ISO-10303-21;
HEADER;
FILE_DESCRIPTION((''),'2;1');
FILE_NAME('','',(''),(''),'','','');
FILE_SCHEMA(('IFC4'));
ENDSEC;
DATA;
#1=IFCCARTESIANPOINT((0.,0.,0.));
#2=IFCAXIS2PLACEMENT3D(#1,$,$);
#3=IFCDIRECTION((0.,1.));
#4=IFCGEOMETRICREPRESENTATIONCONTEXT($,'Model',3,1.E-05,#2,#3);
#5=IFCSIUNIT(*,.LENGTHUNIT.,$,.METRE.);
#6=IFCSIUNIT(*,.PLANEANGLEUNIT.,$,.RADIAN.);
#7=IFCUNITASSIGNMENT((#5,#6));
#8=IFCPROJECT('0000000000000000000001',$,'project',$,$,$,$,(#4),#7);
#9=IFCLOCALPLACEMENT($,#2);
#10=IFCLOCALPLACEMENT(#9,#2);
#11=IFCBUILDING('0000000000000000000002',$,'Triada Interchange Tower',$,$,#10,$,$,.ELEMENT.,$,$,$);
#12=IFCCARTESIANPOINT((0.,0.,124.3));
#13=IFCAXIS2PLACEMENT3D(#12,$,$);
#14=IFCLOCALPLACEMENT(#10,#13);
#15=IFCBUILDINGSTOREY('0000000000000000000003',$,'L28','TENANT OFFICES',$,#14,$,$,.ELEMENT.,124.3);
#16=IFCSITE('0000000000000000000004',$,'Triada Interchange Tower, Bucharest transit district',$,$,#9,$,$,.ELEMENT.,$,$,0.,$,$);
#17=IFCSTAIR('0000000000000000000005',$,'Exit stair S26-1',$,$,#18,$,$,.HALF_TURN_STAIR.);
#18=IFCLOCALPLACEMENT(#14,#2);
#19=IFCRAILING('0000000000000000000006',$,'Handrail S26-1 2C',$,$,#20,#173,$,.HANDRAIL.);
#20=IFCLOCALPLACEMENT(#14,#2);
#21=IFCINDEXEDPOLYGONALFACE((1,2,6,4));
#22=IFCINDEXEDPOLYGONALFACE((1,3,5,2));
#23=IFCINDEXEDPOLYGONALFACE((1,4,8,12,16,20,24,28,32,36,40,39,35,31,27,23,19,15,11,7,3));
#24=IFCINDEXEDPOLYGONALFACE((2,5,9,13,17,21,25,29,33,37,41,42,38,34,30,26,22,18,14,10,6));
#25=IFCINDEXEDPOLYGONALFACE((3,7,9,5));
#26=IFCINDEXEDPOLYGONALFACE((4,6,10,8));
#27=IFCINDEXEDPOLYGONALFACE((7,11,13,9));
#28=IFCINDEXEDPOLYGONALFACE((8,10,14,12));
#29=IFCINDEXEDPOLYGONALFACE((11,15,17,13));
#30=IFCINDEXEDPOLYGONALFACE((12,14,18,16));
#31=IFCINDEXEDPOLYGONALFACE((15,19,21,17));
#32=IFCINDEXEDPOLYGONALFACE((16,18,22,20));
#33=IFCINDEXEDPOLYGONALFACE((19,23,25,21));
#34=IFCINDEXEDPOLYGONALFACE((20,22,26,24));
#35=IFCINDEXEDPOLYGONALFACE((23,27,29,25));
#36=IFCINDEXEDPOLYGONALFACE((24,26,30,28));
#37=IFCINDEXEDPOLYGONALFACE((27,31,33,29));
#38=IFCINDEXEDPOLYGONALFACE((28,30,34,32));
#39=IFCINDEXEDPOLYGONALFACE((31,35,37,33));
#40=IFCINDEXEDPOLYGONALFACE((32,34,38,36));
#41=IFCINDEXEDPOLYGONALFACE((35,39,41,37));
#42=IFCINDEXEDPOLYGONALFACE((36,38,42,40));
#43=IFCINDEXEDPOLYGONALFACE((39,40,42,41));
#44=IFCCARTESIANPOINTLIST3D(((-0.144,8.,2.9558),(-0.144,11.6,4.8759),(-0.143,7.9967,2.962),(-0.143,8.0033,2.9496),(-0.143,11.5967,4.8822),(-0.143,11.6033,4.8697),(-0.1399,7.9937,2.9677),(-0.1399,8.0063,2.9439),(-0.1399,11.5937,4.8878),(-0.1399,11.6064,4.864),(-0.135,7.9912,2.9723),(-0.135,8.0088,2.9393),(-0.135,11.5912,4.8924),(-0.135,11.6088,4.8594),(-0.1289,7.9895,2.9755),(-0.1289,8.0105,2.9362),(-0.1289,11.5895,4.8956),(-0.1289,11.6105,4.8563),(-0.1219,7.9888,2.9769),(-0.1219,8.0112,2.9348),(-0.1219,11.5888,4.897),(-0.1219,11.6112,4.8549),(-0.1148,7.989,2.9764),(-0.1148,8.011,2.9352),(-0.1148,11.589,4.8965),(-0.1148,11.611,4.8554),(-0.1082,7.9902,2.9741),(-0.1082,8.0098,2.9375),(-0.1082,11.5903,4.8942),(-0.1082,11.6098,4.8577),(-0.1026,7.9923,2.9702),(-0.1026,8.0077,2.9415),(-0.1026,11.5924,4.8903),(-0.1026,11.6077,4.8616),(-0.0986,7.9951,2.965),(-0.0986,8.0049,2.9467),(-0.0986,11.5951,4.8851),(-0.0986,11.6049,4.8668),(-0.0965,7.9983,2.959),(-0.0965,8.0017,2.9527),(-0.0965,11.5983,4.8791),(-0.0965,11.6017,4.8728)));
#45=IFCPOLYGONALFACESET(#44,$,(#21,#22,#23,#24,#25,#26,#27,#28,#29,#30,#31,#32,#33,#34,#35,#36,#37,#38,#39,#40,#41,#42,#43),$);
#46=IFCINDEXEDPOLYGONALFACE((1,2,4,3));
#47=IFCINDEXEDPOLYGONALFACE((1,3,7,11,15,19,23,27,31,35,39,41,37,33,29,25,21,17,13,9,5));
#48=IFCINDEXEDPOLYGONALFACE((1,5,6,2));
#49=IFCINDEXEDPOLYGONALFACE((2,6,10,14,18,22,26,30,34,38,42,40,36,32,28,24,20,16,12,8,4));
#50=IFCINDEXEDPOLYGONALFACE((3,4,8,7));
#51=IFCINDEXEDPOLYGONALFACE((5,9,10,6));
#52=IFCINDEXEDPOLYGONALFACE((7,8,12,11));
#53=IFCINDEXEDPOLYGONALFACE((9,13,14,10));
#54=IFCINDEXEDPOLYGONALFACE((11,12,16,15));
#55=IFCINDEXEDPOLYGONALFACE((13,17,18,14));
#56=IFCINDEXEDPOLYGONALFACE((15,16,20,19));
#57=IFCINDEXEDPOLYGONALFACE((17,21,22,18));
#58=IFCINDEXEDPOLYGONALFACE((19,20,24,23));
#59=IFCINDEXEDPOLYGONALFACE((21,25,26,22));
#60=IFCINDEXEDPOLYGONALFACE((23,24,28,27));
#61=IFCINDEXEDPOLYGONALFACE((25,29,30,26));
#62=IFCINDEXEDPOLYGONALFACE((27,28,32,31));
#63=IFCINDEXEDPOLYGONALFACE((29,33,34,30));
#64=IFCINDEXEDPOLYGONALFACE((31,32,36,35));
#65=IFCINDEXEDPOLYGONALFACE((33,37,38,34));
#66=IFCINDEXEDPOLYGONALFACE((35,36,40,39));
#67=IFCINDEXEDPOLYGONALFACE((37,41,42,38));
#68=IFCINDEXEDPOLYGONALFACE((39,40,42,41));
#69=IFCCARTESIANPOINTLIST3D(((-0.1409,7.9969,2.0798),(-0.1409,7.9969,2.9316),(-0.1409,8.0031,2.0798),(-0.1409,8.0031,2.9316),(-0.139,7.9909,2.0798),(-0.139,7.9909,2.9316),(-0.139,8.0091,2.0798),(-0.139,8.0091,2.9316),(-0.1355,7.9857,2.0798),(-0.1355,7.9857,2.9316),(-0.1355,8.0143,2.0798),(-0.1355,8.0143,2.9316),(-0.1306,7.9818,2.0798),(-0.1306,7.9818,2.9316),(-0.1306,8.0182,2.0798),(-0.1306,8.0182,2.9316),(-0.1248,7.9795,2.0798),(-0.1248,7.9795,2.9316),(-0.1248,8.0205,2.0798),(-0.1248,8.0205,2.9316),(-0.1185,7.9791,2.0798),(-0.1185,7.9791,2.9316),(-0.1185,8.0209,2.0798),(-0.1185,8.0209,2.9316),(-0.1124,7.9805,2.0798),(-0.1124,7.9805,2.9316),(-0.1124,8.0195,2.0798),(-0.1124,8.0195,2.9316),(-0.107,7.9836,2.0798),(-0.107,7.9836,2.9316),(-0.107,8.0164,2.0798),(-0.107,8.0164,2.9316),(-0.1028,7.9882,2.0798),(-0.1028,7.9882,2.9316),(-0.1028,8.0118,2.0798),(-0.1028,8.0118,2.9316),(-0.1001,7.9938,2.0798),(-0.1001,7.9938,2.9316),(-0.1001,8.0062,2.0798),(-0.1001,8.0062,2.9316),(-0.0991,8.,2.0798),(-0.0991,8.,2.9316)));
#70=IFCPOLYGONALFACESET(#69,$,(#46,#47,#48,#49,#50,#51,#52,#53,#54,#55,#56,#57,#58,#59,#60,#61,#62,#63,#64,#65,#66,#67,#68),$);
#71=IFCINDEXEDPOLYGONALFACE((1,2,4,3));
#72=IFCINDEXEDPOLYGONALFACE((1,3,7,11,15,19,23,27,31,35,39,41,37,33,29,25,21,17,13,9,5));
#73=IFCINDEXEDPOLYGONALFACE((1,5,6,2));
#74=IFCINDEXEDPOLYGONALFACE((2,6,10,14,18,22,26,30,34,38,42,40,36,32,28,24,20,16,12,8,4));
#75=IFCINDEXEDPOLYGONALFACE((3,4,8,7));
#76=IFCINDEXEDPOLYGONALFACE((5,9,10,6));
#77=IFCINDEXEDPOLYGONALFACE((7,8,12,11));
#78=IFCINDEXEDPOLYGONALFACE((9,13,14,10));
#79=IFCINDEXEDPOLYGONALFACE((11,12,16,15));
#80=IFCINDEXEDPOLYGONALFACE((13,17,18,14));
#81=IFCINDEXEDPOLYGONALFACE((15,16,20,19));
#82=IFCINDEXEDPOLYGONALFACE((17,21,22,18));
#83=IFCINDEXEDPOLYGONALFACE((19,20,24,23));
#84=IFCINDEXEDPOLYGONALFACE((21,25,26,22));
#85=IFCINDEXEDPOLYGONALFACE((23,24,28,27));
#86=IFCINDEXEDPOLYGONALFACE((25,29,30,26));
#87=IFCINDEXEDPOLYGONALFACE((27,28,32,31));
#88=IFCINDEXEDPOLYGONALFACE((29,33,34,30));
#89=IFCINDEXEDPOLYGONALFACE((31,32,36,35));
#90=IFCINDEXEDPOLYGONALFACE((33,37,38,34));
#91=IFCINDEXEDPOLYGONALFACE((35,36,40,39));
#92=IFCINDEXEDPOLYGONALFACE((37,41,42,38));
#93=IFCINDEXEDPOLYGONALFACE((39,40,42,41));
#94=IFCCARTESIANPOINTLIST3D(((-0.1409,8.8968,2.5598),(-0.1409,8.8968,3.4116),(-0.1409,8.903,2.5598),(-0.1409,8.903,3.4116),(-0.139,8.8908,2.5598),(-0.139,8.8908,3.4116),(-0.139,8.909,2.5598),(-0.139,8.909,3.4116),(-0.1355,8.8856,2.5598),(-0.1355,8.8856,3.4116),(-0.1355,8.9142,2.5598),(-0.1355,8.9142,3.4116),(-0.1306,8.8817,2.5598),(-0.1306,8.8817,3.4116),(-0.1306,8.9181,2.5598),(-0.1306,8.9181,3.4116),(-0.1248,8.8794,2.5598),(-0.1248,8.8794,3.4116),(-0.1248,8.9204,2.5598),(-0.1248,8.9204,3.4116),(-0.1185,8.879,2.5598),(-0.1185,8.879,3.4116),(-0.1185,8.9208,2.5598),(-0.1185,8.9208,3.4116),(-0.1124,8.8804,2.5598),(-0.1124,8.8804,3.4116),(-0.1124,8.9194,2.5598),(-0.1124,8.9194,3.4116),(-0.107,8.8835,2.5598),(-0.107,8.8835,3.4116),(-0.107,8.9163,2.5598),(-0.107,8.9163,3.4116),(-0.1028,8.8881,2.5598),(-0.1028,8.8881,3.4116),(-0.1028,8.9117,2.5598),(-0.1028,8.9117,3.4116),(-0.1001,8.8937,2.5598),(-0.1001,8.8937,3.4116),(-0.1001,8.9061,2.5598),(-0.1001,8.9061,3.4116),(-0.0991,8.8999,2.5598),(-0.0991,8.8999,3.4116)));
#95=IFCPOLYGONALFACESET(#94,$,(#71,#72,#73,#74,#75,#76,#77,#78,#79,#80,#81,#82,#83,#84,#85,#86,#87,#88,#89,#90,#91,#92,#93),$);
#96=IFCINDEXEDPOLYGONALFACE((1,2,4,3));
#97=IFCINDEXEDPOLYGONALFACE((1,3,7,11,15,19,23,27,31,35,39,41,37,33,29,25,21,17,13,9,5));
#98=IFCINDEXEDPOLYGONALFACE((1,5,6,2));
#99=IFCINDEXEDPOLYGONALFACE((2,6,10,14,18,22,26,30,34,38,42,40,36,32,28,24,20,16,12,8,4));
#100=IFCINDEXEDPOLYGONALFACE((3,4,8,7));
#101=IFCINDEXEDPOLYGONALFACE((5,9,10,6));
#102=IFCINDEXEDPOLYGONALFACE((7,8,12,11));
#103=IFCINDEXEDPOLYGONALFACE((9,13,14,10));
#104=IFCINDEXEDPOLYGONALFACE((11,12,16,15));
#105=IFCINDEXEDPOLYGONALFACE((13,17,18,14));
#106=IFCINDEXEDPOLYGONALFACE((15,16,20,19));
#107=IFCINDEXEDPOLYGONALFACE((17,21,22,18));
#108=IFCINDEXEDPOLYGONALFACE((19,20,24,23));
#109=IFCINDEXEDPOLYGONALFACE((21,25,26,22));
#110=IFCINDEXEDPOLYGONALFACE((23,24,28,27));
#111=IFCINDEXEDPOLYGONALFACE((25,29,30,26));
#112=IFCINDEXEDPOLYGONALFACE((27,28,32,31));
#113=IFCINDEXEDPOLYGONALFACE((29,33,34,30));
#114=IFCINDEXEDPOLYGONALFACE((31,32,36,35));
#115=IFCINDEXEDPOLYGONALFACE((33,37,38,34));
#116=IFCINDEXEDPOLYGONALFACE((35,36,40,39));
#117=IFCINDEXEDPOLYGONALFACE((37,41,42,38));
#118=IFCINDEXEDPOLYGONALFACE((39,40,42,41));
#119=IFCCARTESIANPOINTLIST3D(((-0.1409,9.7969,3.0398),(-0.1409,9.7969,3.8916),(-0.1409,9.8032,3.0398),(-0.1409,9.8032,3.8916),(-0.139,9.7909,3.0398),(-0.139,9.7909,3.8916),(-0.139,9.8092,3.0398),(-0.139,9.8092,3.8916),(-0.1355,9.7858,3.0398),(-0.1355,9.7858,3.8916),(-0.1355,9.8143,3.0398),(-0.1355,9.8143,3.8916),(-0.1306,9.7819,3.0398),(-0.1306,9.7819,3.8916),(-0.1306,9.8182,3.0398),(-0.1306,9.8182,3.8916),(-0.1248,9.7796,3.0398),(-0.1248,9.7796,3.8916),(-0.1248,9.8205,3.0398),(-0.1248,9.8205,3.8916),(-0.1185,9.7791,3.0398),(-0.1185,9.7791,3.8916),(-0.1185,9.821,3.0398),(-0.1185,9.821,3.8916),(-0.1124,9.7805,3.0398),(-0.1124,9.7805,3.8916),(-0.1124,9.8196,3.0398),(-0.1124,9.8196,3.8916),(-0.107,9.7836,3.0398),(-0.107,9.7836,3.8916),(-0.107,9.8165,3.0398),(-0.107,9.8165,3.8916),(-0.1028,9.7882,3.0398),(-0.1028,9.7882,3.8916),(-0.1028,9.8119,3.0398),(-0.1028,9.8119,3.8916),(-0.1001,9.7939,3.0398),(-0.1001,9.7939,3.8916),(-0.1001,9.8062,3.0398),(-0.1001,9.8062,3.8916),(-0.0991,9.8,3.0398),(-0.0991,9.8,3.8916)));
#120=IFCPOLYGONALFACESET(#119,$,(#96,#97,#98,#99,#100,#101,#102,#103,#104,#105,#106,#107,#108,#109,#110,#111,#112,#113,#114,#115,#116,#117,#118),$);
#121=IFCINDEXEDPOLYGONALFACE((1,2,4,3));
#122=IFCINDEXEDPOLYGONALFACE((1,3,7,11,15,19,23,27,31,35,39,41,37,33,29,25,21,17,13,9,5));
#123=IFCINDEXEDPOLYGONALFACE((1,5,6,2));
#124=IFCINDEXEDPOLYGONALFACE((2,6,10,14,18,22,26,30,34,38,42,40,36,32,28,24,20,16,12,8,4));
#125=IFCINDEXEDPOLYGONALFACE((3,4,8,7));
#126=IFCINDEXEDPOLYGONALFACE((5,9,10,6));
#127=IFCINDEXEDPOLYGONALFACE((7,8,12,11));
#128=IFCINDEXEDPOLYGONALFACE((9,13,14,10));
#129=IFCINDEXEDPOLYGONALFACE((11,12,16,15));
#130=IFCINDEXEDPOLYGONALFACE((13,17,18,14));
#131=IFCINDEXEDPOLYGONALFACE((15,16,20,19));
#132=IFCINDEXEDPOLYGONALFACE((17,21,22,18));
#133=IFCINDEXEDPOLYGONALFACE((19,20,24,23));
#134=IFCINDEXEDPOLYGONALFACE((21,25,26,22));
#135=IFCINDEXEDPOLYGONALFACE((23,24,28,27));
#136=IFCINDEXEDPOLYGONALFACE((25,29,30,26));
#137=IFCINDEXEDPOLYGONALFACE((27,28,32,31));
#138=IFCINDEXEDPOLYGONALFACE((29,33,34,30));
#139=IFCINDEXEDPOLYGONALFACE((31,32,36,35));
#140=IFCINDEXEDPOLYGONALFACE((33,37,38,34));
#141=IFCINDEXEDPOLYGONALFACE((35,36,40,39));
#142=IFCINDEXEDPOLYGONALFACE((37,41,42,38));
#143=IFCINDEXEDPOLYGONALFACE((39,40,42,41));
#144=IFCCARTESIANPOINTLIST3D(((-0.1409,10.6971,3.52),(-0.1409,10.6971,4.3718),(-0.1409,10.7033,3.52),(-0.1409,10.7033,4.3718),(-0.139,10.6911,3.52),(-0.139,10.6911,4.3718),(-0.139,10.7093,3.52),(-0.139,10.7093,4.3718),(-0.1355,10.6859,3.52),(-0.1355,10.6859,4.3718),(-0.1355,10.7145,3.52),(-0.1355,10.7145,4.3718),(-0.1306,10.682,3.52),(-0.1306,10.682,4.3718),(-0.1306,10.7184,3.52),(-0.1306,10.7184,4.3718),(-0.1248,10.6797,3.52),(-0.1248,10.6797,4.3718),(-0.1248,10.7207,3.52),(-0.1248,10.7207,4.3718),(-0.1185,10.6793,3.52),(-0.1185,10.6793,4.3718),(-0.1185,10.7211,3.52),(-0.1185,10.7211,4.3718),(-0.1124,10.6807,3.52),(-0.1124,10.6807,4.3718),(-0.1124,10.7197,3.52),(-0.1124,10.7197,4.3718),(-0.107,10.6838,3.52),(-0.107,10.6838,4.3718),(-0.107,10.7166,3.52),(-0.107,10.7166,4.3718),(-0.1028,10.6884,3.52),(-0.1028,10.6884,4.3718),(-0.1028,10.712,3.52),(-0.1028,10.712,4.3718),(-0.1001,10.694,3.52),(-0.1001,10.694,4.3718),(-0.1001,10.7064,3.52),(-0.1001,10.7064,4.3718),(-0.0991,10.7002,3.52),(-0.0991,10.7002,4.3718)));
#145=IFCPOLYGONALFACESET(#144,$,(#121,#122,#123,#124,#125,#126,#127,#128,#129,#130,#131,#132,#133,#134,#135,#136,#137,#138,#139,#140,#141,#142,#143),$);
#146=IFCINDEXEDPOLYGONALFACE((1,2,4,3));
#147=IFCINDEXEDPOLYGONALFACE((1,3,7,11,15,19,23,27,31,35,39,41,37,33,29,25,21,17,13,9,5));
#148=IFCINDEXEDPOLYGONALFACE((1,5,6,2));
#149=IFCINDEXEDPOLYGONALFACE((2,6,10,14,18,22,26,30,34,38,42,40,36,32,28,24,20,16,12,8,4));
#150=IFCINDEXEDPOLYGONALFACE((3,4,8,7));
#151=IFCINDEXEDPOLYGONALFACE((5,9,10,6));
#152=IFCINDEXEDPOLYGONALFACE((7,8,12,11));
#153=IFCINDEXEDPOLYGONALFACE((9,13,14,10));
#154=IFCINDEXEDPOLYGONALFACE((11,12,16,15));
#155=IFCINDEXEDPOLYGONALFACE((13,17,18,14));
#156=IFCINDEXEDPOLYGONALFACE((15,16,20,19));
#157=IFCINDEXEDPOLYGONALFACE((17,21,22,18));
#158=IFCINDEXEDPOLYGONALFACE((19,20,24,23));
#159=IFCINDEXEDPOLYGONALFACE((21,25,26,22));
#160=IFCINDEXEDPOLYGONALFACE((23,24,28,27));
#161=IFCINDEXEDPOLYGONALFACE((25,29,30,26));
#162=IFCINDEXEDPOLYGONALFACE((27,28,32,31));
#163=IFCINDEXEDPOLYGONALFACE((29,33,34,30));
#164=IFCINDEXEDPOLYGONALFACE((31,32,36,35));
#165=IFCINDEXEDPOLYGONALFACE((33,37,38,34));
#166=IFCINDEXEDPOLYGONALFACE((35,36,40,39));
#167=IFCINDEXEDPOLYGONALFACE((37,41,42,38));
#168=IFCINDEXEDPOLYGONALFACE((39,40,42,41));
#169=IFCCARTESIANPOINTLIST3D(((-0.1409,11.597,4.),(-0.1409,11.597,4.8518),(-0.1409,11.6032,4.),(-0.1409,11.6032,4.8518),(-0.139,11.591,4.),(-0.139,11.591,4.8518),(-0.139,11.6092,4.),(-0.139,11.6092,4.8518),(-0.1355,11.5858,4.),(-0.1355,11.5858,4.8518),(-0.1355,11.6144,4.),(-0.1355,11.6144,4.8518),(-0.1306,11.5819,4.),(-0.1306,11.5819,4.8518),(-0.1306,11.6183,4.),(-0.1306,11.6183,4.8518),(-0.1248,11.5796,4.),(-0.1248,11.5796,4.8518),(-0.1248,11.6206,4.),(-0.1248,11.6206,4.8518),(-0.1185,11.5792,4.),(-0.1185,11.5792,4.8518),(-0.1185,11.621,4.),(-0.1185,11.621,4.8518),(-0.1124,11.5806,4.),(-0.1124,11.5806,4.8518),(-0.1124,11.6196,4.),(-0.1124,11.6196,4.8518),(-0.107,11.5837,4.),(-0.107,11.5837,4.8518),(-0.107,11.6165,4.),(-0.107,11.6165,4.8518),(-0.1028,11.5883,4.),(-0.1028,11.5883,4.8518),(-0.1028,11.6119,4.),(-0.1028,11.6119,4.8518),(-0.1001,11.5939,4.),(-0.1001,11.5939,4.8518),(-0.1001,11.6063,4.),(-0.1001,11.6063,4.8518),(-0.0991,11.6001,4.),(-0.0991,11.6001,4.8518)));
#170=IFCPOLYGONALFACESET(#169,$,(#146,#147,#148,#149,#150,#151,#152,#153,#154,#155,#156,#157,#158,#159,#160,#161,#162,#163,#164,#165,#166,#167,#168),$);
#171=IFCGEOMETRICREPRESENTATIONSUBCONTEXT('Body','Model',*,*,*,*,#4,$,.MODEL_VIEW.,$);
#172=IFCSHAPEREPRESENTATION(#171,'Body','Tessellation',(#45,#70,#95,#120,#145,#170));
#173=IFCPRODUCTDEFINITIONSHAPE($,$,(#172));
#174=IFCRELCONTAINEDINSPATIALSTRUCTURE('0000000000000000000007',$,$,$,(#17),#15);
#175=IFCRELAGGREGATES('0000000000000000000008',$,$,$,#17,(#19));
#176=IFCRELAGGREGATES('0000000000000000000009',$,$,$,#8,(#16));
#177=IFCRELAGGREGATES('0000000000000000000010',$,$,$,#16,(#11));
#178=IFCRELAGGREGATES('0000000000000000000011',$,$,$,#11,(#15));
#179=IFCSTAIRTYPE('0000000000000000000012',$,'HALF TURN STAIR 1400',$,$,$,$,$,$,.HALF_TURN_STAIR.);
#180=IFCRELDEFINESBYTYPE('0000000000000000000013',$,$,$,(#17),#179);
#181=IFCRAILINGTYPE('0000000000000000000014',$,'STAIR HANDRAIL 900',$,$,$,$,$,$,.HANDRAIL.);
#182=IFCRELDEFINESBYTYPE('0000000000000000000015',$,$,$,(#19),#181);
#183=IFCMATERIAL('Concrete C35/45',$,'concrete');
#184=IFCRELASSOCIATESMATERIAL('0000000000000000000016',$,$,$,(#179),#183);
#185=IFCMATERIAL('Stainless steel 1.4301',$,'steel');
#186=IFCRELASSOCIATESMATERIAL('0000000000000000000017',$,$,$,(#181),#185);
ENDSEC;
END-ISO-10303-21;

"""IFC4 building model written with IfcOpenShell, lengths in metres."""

from ifc_helpers import new_model, si_unit, direction, frame, origin, origin_2d, place, context, subcontext, project, spatial, circle, extrude, material, type_object, element, aggregate, save


model = new_model("IFC4")

# Units and contexts
model_context = context("Model", 3, precision=1e-05, world=origin(), true_north=direction((0.0, 1.0)))
body_context = subcontext(model_context, "Body", "Model", "MODEL_VIEW")
ifc_project = project(units=[si_unit("LENGTHUNIT", "METRE"), si_unit("PLANEANGLEUNIT", "RADIAN")], contexts=[model_context])

# Site, building, storey
site_placement = place(None, origin())
site = spatial("IfcSite", under=ifc_project, at=site_placement, Name="Triada Interchange Tower, Bucharest transit district", CompositionType="ELEMENT", RefElevation=0.0)
building_placement = place(site_placement, origin())
building = spatial("IfcBuilding", under=site, at=building_placement, Name="Triada Interchange Tower", CompositionType="ELEMENT")
storey_placement = place(building_placement, frame((0.0, 0.0, 124.3)))
storey = spatial("IfcBuildingStorey", under=building, at=storey_placement, Name="L28", Description="TENANT OFFICES", CompositionType="ELEMENT", Elevation=124.3)

# Stair, railing
ifc_material_1 = material(Name="Concrete C35/45", Category="concrete")
stair_type = type_object("IfcStairType", Name="HALF TURN STAIR 1400", PredefinedType="HALF_TURN_STAIR", material=ifc_material_1)
stair_placement = place(storey_placement, origin())
stair = element("IfcStair", 1, at=stair_placement, inside=storey, type_object=stair_type, Name="Exit stair S26-1", PredefinedType="HALF_TURN_STAIR")
ifc_material_2 = material(Name="Stainless steel 1.4301", Category="steel")
railing_type = type_object("IfcRailingType", Name="STAIR HANDRAIL 900", PredefinedType="HANDRAIL", material=ifc_material_2)
railing_1_placement = place(storey_placement, frame((-0.1201, 8.0, 2.0798)))
railing_1 = element("IfcRailing", 2, at=railing_1_placement, type_object=railing_type, Name="Handrail S26-1 2C", PredefinedType="HANDRAIL", context=body_context, shape_type="SweptSolid", body=[
    extrude(circle(Radius=0.0239, at=origin_2d()), frame((0.0, 0.0, 0.876), z_axis=(0.0, 0.882341, 0.47061), x_axis=(-1.0, 0.0, 0.0)), (0.0, 0.0, 1.0), 4.0801),
    extrude(circle(Radius=0.021, at=origin_2d()), origin(), (0.0, 0.0, 1.0), 0.8518),
    extrude(circle(Radius=0.021, at=origin_2d()), frame((0.0, 0.8999, 0.48)), (0.0, 0.0, 1.0), 0.8518),
    extrude(circle(Radius=0.021, at=origin_2d()), frame((0.0, 1.8, 0.96)), (0.0, 0.0, 1.0), 0.8518),
    extrude(circle(Radius=0.021, at=origin_2d()), frame((0.0, 2.7002, 1.4402)), (0.0, 0.0, 1.0), 0.8518),
    extrude(circle(Radius=0.021, at=origin_2d()), frame((0.0, 3.6001, 1.9202)), (0.0, 0.0, 1.0), 0.8518),
])
aggregate(stair, [railing_1])

save(model, "model.ifc")
